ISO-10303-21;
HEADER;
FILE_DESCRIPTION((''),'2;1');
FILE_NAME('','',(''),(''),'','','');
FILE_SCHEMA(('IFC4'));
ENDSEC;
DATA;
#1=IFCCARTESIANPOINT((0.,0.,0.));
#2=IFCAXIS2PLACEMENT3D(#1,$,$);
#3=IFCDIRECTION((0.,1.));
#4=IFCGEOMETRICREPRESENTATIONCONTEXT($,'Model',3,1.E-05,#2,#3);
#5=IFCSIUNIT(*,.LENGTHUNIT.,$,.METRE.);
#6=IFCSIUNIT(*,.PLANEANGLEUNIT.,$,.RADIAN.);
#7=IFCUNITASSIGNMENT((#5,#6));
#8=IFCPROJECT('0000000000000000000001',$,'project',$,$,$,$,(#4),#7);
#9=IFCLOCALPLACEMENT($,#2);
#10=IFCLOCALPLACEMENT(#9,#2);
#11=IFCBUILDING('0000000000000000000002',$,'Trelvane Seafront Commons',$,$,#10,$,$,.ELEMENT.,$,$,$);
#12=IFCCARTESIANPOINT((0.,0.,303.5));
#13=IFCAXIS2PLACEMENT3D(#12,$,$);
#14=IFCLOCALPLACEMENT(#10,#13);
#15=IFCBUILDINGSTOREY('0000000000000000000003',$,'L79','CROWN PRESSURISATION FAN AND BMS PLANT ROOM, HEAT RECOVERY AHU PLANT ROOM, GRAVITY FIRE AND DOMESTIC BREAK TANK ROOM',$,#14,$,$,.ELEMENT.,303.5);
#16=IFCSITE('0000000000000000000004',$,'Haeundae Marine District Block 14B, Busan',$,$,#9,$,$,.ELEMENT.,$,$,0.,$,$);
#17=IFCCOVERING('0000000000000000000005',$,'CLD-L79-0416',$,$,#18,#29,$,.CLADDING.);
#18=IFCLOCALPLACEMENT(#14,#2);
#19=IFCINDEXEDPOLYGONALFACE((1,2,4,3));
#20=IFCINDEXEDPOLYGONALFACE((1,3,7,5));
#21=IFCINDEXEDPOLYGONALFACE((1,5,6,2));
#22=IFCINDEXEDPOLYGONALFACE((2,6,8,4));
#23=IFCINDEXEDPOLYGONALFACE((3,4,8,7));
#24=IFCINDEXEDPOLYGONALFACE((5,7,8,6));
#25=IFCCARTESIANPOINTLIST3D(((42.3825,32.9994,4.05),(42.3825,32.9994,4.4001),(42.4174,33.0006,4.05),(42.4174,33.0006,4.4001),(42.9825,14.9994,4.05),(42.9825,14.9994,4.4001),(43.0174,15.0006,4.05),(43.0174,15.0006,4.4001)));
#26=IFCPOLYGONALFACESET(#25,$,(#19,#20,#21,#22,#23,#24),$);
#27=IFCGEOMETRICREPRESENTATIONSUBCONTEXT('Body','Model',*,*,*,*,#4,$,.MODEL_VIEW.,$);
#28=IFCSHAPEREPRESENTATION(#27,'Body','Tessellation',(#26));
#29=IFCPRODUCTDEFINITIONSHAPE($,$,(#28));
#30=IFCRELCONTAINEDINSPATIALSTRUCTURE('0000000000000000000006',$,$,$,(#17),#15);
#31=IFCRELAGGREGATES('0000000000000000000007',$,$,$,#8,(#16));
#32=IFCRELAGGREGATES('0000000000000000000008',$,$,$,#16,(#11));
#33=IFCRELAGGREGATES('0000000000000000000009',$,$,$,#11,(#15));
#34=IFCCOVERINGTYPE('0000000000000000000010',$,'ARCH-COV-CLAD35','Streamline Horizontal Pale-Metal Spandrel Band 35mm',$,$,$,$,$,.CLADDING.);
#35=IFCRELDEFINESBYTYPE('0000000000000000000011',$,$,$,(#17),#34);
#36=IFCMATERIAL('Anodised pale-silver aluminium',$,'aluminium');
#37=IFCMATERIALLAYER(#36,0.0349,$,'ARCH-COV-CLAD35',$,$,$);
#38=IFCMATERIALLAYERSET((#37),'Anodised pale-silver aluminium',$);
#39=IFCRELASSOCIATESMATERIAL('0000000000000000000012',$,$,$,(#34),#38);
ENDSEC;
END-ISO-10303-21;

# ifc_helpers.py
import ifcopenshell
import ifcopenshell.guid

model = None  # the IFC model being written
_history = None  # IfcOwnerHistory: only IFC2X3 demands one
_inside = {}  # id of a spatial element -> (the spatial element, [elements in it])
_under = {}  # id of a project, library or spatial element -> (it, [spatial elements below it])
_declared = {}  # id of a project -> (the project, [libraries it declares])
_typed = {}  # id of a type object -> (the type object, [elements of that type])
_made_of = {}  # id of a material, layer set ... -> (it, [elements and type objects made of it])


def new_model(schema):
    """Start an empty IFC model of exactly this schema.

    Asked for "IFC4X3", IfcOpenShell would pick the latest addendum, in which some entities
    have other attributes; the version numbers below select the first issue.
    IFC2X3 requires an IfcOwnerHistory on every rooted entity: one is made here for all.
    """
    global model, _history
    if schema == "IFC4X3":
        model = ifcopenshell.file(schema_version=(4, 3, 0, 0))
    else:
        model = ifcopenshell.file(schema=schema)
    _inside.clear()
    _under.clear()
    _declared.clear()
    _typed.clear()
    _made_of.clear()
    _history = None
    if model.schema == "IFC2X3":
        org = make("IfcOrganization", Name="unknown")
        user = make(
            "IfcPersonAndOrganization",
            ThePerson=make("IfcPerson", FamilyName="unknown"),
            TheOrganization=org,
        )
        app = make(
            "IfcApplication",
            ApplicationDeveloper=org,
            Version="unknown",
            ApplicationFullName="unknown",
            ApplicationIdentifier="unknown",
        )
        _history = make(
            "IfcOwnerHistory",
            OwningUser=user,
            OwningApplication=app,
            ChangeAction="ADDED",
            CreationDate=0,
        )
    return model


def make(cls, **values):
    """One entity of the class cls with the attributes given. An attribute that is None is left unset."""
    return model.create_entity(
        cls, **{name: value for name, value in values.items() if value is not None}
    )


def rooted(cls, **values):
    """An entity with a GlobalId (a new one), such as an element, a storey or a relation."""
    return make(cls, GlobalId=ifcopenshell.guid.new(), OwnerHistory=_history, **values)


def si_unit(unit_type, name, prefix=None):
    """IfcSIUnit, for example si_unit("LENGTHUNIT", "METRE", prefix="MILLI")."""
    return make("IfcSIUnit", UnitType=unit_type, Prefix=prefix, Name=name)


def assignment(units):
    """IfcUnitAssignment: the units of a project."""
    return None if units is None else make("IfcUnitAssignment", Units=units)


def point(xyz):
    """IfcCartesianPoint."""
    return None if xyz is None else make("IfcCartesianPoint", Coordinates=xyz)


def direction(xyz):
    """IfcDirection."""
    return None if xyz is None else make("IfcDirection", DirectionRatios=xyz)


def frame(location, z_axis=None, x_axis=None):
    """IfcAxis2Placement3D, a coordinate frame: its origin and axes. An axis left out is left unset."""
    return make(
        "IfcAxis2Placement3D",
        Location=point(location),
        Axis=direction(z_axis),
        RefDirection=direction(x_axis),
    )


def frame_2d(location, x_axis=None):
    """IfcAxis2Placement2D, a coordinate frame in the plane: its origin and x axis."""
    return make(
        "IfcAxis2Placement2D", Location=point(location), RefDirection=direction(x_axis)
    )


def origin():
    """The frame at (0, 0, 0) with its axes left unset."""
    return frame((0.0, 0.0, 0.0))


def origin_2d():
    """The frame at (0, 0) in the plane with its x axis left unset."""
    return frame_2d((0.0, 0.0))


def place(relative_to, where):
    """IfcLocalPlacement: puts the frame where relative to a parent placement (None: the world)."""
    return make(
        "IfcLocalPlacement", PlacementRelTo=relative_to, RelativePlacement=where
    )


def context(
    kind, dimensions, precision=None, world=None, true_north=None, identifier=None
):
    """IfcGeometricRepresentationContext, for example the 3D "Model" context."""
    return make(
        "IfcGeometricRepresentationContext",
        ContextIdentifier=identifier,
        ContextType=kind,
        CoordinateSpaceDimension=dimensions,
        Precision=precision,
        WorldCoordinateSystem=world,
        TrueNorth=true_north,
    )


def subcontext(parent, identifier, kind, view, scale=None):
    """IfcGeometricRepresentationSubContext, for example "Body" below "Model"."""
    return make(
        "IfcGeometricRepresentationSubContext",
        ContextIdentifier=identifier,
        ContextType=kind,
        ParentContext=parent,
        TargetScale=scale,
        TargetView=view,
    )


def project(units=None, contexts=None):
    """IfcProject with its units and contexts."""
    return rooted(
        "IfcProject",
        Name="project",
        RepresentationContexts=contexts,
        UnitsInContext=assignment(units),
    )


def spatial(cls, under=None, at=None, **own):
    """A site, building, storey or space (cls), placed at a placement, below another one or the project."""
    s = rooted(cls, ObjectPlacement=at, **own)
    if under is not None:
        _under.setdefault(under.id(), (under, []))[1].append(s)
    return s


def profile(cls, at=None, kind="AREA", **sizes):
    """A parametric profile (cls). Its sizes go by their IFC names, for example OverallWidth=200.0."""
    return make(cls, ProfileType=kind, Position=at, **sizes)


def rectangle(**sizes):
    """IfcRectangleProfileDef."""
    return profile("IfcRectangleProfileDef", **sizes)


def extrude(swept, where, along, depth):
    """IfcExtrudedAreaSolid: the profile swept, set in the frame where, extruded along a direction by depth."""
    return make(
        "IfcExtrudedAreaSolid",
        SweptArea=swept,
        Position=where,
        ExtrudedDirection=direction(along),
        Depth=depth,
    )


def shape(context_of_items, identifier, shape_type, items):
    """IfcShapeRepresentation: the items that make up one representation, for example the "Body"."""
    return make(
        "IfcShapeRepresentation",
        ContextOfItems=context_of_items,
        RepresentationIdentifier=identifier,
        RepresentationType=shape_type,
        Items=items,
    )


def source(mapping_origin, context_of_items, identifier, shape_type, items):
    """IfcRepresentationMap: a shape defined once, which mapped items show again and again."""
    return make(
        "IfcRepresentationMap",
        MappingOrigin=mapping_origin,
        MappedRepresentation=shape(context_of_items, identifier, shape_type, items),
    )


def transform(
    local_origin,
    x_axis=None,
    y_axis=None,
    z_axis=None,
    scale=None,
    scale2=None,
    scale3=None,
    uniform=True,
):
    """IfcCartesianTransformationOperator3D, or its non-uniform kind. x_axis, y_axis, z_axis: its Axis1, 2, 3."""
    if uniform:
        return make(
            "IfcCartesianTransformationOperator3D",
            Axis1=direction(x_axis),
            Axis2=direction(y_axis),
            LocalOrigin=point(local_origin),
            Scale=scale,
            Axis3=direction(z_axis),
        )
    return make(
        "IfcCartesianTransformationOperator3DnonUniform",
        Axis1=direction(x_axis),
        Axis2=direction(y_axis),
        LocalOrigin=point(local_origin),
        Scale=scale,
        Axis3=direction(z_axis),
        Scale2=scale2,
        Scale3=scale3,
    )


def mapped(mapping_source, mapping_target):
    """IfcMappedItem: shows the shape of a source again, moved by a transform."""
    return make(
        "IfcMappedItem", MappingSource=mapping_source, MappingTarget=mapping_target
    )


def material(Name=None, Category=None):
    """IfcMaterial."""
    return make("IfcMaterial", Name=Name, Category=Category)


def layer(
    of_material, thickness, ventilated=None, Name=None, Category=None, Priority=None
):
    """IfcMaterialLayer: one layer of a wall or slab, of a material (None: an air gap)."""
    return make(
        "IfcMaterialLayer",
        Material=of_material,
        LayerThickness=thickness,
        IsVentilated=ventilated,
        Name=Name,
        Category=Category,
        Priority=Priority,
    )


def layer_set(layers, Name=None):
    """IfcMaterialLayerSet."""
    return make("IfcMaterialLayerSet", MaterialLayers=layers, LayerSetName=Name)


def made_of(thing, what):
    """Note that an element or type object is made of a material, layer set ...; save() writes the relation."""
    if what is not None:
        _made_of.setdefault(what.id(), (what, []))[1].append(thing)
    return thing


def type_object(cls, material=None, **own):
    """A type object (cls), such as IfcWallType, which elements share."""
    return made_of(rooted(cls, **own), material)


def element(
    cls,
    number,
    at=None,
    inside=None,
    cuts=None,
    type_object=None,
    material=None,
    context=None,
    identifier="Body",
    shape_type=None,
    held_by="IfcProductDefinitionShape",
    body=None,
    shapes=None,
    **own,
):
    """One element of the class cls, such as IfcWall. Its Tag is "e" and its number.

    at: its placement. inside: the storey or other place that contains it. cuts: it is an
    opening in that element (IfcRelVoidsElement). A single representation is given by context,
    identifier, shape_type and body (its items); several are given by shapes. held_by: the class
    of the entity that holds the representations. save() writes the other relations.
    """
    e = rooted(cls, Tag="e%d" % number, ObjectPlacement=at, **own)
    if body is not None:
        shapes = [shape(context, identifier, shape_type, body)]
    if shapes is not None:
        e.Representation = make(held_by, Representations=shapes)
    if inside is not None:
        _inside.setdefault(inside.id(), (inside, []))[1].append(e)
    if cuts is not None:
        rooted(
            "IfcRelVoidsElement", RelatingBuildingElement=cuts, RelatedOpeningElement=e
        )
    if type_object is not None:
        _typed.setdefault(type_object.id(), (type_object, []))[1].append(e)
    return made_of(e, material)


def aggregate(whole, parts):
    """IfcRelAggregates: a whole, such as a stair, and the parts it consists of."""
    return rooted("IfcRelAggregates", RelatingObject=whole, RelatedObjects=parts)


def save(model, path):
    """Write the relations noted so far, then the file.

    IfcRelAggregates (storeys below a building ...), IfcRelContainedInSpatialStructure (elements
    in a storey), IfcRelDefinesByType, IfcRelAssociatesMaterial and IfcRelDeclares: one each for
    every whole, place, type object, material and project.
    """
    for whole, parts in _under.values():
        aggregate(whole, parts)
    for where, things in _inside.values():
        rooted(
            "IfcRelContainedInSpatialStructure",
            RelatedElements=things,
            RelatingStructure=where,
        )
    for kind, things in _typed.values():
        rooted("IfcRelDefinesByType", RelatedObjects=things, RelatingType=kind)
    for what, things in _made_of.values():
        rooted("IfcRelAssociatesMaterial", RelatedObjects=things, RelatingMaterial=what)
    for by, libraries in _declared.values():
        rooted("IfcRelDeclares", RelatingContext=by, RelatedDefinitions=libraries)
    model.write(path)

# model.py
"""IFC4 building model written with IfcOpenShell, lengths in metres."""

from ifc_helpers import new_model, si_unit, direction, frame, origin, origin_2d, place, context, subcontext, project, spatial, rectangle, extrude, source, transform, mapped, material, layer, layer_set, type_object, element, save


model = new_model("IFC4")

# Units and contexts
model_context = context("Model", 3, precision=1e-05, world=origin(), true_north=direction((0.0, 1.0)))
body_context = subcontext(model_context, "Body", "Model", "MODEL_VIEW")
ifc_project = project(units=[si_unit("LENGTHUNIT", "METRE"), si_unit("PLANEANGLEUNIT", "RADIAN")], contexts=[model_context])

# Site, building, storey
site_placement = place(None, origin())
site = spatial("IfcSite", under=ifc_project, at=site_placement, Name="Haeundae Marine District Block 14B, Busan", CompositionType="ELEMENT", RefElevation=0.0)
building_placement = place(site_placement, origin())
building = spatial("IfcBuilding", under=site, at=building_placement, Name="Trelvane Seafront Commons", CompositionType="ELEMENT")
storey_placement = place(building_placement, frame((0.0, 0.0, 303.5)))
storey = spatial("IfcBuildingStorey", under=building, at=storey_placement, Name="L79", Description="CROWN PRESSURISATION FAN AND BMS PLANT ROOM, HEAT RECOVERY AHU PLANT ROOM, GRAVITY FIRE AND DOMESTIC BREAK TANK ROOM", CompositionType="ELEMENT", Elevation=303.5)

# Shared definitions
ifc_material_1 = material(Name="Anodised pale-silver aluminium", Category="aluminium")

# Covering
ifc_layer_1 = layer(ifc_material_1, 0.0349, Name="ARCH-COV-CLAD35")
ifc_layer_set_1 = layer_set([ifc_layer_1], Name="Anodised pale-silver aluminium")
covering_type = type_object("IfcCoveringType", Name="ARCH-COV-CLAD35", Description="Streamline Horizontal Pale-Metal Spandrel Band 35mm", PredefinedType="CLADDING", material=ifc_layer_set_1)
shared_shape_1 = source(origin(), body_context, "Body", "SweptSolid", [
    extrude(rectangle(XDim=18.01, YDim=0.0349, at=origin_2d()), origin(), (0.0, 0.0, 1.0), 0.3501),
])
covering_placement = place(storey_placement, frame((42.7, 24.0, 4.05), z_axis=(0.0, 0.0, 1.0), x_axis=(-0.033316, 0.999445, 0.0)))
element("IfcCovering", 1, at=covering_placement, inside=storey, type_object=covering_type, Name="CLD-L79-0416", PredefinedType="CLADDING", context=body_context, shape_type="MappedRepresentation", body=[
    mapped(shared_shape_1, transform((0.0, 0.0, 0.0), x_axis=(1.0, 0.0, 0.0), y_axis=(0.0, 1.0, 0.0), z_axis=(0.0, 0.0, 1.0), scale=1.0)),
])

save(model, "model.ifc")
